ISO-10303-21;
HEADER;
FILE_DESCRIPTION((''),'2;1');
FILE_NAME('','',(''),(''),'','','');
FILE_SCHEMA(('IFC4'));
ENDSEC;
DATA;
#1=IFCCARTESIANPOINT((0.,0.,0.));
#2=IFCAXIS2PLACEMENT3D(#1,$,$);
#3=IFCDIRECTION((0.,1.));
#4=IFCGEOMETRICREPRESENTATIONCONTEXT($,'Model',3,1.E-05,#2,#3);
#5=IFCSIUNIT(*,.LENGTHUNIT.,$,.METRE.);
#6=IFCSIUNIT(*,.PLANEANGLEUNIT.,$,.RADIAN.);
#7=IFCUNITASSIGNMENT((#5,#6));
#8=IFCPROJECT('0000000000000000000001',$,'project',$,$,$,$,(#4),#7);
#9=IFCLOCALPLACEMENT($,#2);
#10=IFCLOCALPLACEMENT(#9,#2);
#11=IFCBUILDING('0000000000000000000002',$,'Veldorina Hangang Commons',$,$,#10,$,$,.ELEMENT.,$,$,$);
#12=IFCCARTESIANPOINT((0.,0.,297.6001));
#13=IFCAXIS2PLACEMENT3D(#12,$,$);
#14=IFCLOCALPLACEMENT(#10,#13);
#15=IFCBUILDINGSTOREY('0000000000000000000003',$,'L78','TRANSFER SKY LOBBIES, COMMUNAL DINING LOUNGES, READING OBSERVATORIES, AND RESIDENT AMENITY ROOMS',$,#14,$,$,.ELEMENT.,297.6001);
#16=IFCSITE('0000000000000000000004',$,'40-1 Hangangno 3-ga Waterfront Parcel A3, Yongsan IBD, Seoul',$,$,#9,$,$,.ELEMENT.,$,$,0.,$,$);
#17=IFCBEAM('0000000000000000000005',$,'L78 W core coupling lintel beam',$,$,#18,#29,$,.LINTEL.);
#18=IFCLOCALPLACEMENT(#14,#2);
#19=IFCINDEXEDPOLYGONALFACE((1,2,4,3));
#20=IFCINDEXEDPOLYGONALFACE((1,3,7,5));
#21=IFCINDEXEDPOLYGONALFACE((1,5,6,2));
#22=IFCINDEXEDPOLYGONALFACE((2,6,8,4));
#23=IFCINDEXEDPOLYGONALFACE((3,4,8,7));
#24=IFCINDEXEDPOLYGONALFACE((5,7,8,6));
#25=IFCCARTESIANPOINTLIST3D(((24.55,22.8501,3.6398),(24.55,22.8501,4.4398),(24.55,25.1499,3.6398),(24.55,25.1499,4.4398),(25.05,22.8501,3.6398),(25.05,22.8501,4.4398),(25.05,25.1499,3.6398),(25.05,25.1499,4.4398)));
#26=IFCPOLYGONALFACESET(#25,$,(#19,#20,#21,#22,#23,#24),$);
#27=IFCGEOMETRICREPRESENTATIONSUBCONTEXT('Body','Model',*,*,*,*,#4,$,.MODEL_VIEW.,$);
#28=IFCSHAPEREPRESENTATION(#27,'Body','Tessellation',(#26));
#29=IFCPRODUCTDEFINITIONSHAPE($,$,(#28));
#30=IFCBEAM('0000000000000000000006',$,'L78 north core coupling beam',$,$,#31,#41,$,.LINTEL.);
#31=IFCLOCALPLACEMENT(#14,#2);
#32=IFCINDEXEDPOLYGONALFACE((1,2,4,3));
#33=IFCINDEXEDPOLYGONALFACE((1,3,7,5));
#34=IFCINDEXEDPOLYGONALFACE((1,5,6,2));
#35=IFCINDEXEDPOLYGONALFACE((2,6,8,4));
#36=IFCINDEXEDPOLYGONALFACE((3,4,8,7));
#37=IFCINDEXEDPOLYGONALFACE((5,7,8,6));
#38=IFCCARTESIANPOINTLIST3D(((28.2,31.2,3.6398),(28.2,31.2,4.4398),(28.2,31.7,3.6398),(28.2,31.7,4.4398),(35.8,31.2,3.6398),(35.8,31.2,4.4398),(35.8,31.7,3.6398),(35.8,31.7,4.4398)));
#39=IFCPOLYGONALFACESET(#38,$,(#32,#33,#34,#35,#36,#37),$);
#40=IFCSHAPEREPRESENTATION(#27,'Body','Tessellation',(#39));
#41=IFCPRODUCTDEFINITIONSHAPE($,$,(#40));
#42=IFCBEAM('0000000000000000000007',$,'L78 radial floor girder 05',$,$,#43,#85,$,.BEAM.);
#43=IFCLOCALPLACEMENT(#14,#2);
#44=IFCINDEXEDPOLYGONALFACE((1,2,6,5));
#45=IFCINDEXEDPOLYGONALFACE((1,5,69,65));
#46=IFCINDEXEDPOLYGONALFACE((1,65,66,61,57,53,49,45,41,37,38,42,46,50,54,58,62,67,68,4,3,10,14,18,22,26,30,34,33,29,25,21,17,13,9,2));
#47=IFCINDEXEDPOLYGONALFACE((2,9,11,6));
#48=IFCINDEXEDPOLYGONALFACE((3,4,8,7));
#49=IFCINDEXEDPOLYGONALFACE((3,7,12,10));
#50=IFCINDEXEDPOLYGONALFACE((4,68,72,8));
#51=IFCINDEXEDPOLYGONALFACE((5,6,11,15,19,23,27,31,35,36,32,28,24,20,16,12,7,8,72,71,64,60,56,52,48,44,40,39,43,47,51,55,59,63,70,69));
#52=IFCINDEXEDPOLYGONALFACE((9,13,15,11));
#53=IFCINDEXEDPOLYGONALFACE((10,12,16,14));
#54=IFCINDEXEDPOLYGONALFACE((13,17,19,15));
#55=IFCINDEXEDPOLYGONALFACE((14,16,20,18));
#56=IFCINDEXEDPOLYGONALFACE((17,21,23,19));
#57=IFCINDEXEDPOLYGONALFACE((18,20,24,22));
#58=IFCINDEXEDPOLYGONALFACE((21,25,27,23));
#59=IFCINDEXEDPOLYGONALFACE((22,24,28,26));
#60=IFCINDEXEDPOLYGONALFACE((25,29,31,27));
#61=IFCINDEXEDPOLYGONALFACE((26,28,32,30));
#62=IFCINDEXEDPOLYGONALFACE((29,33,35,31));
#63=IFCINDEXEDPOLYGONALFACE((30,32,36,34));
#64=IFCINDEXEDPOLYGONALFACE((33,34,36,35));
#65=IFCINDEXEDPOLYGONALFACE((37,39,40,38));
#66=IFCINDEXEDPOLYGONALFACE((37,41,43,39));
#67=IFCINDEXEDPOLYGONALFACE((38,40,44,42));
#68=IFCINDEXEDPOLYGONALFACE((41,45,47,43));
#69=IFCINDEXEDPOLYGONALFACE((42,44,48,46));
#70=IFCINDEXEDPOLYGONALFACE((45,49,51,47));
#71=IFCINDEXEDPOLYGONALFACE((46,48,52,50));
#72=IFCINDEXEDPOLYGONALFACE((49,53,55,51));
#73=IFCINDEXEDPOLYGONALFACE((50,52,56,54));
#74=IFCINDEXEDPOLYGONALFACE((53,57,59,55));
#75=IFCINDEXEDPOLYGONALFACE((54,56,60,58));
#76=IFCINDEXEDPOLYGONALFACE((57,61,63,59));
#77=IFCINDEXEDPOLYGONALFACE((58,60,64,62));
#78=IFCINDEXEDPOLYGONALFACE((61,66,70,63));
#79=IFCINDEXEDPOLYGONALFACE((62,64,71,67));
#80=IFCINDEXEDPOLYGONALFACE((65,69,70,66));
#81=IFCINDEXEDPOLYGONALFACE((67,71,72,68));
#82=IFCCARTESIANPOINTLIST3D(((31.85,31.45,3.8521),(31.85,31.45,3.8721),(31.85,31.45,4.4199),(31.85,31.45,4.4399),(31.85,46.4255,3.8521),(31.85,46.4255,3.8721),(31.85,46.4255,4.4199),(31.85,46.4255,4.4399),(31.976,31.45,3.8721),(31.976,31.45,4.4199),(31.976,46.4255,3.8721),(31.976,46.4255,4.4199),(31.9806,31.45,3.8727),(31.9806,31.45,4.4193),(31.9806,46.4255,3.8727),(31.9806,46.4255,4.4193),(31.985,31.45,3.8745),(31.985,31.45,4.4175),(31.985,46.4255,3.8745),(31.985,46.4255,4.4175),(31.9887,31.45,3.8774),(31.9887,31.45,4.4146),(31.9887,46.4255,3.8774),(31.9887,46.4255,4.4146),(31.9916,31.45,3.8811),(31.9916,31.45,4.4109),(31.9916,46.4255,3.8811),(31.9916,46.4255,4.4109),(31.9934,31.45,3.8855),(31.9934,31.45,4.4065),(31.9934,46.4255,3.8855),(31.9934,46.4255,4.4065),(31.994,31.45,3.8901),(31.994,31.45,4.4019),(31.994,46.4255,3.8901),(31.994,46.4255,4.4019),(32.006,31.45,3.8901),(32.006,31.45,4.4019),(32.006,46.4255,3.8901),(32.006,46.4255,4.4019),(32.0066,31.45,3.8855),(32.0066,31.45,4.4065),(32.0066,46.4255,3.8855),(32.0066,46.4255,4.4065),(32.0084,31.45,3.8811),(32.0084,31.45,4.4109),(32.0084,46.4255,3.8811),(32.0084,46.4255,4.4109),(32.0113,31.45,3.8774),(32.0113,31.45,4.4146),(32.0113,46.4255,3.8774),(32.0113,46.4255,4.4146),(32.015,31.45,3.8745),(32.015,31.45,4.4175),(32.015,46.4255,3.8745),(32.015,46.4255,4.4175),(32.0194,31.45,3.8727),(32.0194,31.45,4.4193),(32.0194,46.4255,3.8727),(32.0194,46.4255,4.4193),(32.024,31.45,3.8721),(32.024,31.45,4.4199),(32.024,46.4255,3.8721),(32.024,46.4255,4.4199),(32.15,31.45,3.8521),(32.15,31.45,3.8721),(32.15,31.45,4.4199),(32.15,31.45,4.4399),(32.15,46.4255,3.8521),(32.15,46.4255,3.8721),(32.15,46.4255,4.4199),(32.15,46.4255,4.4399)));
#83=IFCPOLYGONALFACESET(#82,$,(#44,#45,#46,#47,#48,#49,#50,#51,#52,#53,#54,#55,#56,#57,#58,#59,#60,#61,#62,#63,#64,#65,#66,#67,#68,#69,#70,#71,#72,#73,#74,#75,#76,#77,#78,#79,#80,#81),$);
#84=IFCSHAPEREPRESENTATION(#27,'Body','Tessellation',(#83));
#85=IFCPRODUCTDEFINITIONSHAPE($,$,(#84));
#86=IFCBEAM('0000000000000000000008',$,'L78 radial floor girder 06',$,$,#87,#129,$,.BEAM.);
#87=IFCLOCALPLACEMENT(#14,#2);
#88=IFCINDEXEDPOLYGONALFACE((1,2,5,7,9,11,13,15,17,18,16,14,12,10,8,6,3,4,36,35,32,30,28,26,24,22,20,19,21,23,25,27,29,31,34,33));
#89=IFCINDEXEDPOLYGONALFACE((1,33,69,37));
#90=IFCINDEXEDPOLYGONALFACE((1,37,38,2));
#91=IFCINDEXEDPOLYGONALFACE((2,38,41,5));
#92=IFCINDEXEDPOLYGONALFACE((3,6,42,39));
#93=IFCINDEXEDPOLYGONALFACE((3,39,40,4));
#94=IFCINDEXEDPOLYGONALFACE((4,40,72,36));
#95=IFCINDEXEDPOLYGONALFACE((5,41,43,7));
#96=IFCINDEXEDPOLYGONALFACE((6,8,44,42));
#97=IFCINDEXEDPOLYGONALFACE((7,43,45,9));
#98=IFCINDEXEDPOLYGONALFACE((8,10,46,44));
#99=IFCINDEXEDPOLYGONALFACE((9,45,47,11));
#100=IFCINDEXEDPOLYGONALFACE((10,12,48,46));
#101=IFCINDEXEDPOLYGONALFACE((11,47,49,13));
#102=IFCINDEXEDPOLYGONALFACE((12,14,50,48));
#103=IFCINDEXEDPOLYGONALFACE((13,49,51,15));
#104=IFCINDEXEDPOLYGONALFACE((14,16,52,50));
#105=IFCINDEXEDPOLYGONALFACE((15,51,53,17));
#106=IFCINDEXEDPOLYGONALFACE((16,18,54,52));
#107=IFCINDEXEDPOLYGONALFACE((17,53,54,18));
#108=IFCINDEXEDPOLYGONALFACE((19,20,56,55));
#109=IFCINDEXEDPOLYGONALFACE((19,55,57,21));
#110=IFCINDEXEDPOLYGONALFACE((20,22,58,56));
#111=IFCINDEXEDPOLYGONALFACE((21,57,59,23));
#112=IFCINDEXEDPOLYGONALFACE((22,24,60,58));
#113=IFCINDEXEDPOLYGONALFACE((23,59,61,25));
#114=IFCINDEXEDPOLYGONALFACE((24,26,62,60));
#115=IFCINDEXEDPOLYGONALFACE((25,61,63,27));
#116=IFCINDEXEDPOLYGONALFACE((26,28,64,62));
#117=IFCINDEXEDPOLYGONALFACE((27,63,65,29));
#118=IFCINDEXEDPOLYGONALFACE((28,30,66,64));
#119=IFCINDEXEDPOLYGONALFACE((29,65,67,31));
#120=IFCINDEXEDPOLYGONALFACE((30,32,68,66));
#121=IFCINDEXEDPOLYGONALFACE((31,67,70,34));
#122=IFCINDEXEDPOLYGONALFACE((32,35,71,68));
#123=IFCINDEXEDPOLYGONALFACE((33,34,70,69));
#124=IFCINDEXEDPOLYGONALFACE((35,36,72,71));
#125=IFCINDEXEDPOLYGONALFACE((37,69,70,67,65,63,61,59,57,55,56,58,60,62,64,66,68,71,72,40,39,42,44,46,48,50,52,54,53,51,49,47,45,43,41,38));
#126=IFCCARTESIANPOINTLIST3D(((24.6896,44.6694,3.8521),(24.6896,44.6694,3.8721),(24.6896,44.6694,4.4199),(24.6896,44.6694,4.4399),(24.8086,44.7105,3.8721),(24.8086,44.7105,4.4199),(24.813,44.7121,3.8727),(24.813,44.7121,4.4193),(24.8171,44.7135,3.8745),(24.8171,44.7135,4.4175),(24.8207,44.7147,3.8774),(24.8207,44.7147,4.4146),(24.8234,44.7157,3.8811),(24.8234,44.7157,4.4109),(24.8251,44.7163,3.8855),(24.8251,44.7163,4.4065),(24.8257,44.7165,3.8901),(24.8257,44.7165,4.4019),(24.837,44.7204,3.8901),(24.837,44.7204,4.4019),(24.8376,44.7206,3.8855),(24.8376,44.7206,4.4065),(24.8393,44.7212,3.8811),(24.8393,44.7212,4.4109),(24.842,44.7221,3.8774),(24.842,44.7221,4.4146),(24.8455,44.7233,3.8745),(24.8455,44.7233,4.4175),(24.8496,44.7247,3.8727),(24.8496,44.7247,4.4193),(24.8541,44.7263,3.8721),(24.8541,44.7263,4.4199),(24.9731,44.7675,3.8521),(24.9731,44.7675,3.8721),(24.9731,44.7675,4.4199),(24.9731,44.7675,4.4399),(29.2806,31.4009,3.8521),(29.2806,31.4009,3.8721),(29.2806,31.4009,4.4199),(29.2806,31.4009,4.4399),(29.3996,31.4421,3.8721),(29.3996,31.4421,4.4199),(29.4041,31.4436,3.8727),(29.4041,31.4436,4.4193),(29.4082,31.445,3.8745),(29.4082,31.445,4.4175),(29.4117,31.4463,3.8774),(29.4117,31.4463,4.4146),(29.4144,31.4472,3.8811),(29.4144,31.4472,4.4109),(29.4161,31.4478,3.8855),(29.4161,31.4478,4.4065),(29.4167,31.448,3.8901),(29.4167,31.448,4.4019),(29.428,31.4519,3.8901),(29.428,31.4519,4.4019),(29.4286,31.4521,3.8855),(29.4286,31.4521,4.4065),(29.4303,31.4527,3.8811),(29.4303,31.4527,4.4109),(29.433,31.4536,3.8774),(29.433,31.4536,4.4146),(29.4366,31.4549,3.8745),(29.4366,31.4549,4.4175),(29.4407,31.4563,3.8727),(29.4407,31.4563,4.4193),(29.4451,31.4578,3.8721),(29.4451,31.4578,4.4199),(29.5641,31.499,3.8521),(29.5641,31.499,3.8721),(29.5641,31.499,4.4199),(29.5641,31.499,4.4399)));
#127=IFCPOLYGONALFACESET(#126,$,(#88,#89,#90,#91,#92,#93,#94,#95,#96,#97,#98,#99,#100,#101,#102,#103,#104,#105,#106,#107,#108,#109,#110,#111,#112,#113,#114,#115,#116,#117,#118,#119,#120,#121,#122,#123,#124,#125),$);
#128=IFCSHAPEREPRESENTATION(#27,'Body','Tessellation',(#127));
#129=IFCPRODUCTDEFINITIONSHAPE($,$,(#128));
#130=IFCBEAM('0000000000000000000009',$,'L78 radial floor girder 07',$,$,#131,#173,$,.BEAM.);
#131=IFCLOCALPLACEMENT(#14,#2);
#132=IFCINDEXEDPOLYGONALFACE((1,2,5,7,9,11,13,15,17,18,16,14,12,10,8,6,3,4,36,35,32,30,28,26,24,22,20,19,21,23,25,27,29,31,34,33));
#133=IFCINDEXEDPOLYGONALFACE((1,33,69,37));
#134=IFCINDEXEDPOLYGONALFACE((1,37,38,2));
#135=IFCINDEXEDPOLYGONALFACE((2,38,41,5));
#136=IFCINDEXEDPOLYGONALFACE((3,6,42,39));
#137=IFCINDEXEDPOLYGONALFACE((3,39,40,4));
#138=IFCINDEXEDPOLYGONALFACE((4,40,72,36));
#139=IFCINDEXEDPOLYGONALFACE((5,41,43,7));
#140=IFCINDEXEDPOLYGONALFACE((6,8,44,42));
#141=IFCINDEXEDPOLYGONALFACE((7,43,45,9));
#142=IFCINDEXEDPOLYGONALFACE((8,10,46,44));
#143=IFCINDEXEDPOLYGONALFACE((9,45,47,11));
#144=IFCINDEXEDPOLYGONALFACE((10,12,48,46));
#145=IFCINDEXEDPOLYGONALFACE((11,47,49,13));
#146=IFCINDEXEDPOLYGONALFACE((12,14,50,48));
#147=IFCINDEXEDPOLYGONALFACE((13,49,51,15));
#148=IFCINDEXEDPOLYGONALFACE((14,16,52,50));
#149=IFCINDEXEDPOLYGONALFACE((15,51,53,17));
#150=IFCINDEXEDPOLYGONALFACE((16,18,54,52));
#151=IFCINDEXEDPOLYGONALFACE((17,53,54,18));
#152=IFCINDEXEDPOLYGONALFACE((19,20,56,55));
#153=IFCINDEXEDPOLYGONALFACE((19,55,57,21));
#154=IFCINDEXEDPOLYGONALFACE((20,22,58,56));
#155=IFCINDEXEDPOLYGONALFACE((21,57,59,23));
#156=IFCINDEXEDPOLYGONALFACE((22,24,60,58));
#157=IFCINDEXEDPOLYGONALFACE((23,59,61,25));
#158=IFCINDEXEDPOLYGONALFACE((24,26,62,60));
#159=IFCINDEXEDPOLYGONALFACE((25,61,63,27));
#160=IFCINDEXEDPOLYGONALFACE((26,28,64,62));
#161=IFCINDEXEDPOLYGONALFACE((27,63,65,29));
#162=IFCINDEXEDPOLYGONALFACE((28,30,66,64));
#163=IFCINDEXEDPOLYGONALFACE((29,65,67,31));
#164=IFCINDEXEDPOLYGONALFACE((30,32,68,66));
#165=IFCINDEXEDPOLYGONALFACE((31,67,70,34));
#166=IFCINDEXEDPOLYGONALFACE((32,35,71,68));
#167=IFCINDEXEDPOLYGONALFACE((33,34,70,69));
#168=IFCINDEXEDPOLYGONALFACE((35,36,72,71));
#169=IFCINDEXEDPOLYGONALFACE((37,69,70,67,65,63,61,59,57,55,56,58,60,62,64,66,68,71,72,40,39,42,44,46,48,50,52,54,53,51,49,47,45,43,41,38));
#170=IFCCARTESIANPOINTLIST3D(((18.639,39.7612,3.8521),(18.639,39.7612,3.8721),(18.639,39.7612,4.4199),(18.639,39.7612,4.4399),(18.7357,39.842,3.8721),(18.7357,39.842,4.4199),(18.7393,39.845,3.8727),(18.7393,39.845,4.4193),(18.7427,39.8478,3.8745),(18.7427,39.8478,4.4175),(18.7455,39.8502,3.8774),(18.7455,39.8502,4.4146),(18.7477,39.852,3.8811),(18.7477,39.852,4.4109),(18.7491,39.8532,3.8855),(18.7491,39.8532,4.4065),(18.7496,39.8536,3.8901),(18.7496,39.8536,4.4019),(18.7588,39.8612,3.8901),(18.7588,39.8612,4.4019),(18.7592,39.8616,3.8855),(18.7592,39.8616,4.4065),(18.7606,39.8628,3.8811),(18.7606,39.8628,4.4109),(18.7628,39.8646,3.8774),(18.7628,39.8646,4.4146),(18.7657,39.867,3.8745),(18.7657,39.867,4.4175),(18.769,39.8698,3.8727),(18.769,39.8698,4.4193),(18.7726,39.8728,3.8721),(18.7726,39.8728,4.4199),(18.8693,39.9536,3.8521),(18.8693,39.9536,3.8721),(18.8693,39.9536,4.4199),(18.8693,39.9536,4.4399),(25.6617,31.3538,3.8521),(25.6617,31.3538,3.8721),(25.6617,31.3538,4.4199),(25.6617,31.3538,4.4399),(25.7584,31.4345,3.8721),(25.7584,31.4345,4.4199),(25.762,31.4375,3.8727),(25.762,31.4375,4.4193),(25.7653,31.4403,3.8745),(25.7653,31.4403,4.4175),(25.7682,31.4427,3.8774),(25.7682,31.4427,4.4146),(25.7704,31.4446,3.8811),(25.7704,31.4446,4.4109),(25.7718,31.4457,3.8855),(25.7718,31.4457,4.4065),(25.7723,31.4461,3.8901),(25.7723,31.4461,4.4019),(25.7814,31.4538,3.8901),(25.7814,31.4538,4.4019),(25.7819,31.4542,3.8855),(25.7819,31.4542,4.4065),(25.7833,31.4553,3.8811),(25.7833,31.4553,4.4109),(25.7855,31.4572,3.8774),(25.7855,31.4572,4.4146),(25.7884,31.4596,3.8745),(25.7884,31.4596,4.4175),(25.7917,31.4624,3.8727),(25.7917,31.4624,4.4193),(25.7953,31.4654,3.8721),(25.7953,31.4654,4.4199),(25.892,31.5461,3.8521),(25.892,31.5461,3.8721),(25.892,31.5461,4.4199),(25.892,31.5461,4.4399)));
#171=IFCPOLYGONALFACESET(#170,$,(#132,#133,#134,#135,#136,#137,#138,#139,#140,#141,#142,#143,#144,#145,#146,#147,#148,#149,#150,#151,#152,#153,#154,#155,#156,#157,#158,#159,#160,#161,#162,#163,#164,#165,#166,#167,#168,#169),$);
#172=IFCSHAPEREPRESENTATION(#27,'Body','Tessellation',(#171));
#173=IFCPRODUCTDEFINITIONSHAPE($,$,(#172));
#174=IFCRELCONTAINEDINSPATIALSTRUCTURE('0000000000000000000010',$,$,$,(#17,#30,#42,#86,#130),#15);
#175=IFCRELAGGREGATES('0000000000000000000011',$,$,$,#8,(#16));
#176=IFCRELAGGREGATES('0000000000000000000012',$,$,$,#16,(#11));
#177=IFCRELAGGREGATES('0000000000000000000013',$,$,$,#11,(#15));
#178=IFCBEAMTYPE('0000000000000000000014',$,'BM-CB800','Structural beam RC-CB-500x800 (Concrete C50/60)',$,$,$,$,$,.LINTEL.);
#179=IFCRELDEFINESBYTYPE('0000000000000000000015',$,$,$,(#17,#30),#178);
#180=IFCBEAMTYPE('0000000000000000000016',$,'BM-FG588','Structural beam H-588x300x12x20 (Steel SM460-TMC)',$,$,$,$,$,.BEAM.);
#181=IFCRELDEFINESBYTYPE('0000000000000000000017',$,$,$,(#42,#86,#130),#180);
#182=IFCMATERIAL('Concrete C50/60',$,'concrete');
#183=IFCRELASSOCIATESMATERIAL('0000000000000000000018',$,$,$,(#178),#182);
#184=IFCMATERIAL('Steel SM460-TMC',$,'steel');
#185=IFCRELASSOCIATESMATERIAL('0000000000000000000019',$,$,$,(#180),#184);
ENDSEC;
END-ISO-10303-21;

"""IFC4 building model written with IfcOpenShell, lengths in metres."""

from ifc_helpers import new_model, si_unit, direction, frame, origin, origin_2d, place, context, subcontext, project, spatial, rectangle, i_section, extrude, material, material_profile, profile_set, type_object, element, save


model = new_model("IFC4")

# Units and contexts
model_context = context("Model", 3, precision=1e-05, world=origin(), true_north=direction((0.0, 1.0)))
body_context = subcontext(model_context, "Body", "Model", "MODEL_VIEW")
ifc_project = project(units=[si_unit("LENGTHUNIT", "METRE"), si_unit("PLANEANGLEUNIT", "RADIAN")], contexts=[model_context])

# Site, building, storey
site_placement = place(None, origin())
site = spatial("IfcSite", under=ifc_project, at=site_placement, Name="40-1 Hangangno 3-ga Waterfront Parcel A3, Yongsan IBD, Seoul", CompositionType="ELEMENT", RefElevation=0.0)
building_placement = place(site_placement, origin())
building = spatial("IfcBuilding", under=site, at=building_placement, Name="Veldorina Hangang Commons", CompositionType="ELEMENT")
storey_placement = place(building_placement, frame((0.0, 0.0, 297.6001)))
storey = spatial("IfcBuildingStorey", under=building, at=storey_placement, Name="L78", Description="TRANSFER SKY LOBBIES, COMMUNAL DINING LOUNGES, READING OBSERVATORIES, AND RESIDENT AMENITY ROOMS", CompositionType="ELEMENT", Elevation=297.6001)

# Beams
ifc_material_1 = material(Name="Concrete C50/60", Category="concrete")
ifc_material_profile_1 = material_profile(ifc_material_1, rectangle(XDim=0.5, YDim=0.8, at=origin_2d()), Name="RC-CB-500x800")
ifc_profile_set_1 = profile_set([ifc_material_profile_1], Name="Concrete C50/60")
beam_type_1 = type_object("IfcBeamType", Name="BM-CB800", Description="Structural beam RC-CB-500x800 (Concrete C50/60)", PredefinedType="LINTEL", material=ifc_profile_set_1)
beam_1_placement = place(storey_placement, frame((24.8, 22.8501, 4.0398), z_axis=(0.0, 1.0, 0.0), x_axis=(-1.0, 0.0, 0.0)))
element("IfcBeam", 1, at=beam_1_placement, inside=storey, type_object=beam_type_1, Name="L78 W core coupling lintel beam", PredefinedType="LINTEL", context=body_context, shape_type="SweptSolid", body=[
    extrude(rectangle(XDim=0.5, YDim=0.8, at=origin_2d()), origin(), (0.0, 0.0, 1.0), 2.2998),
])
beam_2_placement = place(storey_placement, frame((28.2, 31.45, 4.0398), z_axis=(1.0, 0.0, 0.0), x_axis=(0.0, 1.0, 0.0)))
element("IfcBeam", 2, at=beam_2_placement, inside=storey, type_object=beam_type_1, Name="L78 north core coupling beam", PredefinedType="LINTEL", context=body_context, shape_type="SweptSolid", body=[
    extrude(rectangle(XDim=0.5, YDim=0.8, at=origin_2d()), origin(), (0.0, 0.0, 1.0), 7.6001),
])
ifc_material_2 = material(Name="Steel SM460-TMC", Category="steel")
ifc_material_profile_2 = material_profile(ifc_material_2, i_section(OverallWidth=0.3, OverallDepth=0.5879, WebThickness=0.012, FlangeThickness=0.02, FilletRadius=0.0181, at=origin_2d()), Name="H-588x300x12x20")
ifc_profile_set_2 = profile_set([ifc_material_profile_2], Name="Steel SM460-TMC")
beam_type_2 = type_object("IfcBeamType", Name="BM-FG588", Description="Structural beam H-588x300x12x20 (Steel SM460-TMC)", PredefinedType="BEAM", material=ifc_profile_set_2)
beam_3_placement = place(storey_placement, frame((32.0, 31.45, 4.146), z_axis=(0.0, 1.0, 0.0), x_axis=(-1.0, 0.0, 0.0)))
element("IfcBeam", 3, at=beam_3_placement, inside=storey, type_object=beam_type_2, Name="L78 radial floor girder 05", PredefinedType="BEAM", context=body_context, shape_type="SweptSolid", body=[
    extrude(i_section(OverallWidth=0.3, OverallDepth=0.5879, WebThickness=0.012, FlangeThickness=0.02, FilletRadius=0.0181, at=origin_2d()), origin(), (0.0, 0.0, 1.0), 14.9756),
])
beam_4_placement = place(storey_placement, frame((29.4224, 31.45, 4.146), z_axis=(-0.32699, 0.945028, 0.0), x_axis=(-0.945028, -0.32699, 0.0)))
element("IfcBeam", 4, at=beam_4_placement, inside=storey, type_object=beam_type_2, Name="L78 radial floor girder 06", PredefinedType="BEAM", context=body_context, shape_type="SweptSolid", body=[
    extrude(i_section(OverallWidth=0.3, OverallDepth=0.5879, WebThickness=0.012, FlangeThickness=0.02, FilletRadius=0.0181, at=origin_2d()), origin(), (0.0, 0.0, 1.0), 14.0403),
])
beam_5_placement = place(storey_placement, frame((25.7769, 31.45, 4.146), z_axis=(-0.641072, 0.767481, 0.0), x_axis=(-0.767481, -0.641072, 0.0)))
element("IfcBeam", 5, at=beam_5_placement, inside=storey, type_object=beam_type_2, Name="L78 radial floor girder 07", PredefinedType="BEAM", context=body_context, shape_type="SweptSolid", body=[
    extrude(i_section(OverallWidth=0.3, OverallDepth=0.5879, WebThickness=0.012, FlangeThickness=0.02, FilletRadius=0.0181, at=origin_2d()), origin(), (0.0, 0.0, 1.0), 10.9546),
])

save(model, "model.ifc")
